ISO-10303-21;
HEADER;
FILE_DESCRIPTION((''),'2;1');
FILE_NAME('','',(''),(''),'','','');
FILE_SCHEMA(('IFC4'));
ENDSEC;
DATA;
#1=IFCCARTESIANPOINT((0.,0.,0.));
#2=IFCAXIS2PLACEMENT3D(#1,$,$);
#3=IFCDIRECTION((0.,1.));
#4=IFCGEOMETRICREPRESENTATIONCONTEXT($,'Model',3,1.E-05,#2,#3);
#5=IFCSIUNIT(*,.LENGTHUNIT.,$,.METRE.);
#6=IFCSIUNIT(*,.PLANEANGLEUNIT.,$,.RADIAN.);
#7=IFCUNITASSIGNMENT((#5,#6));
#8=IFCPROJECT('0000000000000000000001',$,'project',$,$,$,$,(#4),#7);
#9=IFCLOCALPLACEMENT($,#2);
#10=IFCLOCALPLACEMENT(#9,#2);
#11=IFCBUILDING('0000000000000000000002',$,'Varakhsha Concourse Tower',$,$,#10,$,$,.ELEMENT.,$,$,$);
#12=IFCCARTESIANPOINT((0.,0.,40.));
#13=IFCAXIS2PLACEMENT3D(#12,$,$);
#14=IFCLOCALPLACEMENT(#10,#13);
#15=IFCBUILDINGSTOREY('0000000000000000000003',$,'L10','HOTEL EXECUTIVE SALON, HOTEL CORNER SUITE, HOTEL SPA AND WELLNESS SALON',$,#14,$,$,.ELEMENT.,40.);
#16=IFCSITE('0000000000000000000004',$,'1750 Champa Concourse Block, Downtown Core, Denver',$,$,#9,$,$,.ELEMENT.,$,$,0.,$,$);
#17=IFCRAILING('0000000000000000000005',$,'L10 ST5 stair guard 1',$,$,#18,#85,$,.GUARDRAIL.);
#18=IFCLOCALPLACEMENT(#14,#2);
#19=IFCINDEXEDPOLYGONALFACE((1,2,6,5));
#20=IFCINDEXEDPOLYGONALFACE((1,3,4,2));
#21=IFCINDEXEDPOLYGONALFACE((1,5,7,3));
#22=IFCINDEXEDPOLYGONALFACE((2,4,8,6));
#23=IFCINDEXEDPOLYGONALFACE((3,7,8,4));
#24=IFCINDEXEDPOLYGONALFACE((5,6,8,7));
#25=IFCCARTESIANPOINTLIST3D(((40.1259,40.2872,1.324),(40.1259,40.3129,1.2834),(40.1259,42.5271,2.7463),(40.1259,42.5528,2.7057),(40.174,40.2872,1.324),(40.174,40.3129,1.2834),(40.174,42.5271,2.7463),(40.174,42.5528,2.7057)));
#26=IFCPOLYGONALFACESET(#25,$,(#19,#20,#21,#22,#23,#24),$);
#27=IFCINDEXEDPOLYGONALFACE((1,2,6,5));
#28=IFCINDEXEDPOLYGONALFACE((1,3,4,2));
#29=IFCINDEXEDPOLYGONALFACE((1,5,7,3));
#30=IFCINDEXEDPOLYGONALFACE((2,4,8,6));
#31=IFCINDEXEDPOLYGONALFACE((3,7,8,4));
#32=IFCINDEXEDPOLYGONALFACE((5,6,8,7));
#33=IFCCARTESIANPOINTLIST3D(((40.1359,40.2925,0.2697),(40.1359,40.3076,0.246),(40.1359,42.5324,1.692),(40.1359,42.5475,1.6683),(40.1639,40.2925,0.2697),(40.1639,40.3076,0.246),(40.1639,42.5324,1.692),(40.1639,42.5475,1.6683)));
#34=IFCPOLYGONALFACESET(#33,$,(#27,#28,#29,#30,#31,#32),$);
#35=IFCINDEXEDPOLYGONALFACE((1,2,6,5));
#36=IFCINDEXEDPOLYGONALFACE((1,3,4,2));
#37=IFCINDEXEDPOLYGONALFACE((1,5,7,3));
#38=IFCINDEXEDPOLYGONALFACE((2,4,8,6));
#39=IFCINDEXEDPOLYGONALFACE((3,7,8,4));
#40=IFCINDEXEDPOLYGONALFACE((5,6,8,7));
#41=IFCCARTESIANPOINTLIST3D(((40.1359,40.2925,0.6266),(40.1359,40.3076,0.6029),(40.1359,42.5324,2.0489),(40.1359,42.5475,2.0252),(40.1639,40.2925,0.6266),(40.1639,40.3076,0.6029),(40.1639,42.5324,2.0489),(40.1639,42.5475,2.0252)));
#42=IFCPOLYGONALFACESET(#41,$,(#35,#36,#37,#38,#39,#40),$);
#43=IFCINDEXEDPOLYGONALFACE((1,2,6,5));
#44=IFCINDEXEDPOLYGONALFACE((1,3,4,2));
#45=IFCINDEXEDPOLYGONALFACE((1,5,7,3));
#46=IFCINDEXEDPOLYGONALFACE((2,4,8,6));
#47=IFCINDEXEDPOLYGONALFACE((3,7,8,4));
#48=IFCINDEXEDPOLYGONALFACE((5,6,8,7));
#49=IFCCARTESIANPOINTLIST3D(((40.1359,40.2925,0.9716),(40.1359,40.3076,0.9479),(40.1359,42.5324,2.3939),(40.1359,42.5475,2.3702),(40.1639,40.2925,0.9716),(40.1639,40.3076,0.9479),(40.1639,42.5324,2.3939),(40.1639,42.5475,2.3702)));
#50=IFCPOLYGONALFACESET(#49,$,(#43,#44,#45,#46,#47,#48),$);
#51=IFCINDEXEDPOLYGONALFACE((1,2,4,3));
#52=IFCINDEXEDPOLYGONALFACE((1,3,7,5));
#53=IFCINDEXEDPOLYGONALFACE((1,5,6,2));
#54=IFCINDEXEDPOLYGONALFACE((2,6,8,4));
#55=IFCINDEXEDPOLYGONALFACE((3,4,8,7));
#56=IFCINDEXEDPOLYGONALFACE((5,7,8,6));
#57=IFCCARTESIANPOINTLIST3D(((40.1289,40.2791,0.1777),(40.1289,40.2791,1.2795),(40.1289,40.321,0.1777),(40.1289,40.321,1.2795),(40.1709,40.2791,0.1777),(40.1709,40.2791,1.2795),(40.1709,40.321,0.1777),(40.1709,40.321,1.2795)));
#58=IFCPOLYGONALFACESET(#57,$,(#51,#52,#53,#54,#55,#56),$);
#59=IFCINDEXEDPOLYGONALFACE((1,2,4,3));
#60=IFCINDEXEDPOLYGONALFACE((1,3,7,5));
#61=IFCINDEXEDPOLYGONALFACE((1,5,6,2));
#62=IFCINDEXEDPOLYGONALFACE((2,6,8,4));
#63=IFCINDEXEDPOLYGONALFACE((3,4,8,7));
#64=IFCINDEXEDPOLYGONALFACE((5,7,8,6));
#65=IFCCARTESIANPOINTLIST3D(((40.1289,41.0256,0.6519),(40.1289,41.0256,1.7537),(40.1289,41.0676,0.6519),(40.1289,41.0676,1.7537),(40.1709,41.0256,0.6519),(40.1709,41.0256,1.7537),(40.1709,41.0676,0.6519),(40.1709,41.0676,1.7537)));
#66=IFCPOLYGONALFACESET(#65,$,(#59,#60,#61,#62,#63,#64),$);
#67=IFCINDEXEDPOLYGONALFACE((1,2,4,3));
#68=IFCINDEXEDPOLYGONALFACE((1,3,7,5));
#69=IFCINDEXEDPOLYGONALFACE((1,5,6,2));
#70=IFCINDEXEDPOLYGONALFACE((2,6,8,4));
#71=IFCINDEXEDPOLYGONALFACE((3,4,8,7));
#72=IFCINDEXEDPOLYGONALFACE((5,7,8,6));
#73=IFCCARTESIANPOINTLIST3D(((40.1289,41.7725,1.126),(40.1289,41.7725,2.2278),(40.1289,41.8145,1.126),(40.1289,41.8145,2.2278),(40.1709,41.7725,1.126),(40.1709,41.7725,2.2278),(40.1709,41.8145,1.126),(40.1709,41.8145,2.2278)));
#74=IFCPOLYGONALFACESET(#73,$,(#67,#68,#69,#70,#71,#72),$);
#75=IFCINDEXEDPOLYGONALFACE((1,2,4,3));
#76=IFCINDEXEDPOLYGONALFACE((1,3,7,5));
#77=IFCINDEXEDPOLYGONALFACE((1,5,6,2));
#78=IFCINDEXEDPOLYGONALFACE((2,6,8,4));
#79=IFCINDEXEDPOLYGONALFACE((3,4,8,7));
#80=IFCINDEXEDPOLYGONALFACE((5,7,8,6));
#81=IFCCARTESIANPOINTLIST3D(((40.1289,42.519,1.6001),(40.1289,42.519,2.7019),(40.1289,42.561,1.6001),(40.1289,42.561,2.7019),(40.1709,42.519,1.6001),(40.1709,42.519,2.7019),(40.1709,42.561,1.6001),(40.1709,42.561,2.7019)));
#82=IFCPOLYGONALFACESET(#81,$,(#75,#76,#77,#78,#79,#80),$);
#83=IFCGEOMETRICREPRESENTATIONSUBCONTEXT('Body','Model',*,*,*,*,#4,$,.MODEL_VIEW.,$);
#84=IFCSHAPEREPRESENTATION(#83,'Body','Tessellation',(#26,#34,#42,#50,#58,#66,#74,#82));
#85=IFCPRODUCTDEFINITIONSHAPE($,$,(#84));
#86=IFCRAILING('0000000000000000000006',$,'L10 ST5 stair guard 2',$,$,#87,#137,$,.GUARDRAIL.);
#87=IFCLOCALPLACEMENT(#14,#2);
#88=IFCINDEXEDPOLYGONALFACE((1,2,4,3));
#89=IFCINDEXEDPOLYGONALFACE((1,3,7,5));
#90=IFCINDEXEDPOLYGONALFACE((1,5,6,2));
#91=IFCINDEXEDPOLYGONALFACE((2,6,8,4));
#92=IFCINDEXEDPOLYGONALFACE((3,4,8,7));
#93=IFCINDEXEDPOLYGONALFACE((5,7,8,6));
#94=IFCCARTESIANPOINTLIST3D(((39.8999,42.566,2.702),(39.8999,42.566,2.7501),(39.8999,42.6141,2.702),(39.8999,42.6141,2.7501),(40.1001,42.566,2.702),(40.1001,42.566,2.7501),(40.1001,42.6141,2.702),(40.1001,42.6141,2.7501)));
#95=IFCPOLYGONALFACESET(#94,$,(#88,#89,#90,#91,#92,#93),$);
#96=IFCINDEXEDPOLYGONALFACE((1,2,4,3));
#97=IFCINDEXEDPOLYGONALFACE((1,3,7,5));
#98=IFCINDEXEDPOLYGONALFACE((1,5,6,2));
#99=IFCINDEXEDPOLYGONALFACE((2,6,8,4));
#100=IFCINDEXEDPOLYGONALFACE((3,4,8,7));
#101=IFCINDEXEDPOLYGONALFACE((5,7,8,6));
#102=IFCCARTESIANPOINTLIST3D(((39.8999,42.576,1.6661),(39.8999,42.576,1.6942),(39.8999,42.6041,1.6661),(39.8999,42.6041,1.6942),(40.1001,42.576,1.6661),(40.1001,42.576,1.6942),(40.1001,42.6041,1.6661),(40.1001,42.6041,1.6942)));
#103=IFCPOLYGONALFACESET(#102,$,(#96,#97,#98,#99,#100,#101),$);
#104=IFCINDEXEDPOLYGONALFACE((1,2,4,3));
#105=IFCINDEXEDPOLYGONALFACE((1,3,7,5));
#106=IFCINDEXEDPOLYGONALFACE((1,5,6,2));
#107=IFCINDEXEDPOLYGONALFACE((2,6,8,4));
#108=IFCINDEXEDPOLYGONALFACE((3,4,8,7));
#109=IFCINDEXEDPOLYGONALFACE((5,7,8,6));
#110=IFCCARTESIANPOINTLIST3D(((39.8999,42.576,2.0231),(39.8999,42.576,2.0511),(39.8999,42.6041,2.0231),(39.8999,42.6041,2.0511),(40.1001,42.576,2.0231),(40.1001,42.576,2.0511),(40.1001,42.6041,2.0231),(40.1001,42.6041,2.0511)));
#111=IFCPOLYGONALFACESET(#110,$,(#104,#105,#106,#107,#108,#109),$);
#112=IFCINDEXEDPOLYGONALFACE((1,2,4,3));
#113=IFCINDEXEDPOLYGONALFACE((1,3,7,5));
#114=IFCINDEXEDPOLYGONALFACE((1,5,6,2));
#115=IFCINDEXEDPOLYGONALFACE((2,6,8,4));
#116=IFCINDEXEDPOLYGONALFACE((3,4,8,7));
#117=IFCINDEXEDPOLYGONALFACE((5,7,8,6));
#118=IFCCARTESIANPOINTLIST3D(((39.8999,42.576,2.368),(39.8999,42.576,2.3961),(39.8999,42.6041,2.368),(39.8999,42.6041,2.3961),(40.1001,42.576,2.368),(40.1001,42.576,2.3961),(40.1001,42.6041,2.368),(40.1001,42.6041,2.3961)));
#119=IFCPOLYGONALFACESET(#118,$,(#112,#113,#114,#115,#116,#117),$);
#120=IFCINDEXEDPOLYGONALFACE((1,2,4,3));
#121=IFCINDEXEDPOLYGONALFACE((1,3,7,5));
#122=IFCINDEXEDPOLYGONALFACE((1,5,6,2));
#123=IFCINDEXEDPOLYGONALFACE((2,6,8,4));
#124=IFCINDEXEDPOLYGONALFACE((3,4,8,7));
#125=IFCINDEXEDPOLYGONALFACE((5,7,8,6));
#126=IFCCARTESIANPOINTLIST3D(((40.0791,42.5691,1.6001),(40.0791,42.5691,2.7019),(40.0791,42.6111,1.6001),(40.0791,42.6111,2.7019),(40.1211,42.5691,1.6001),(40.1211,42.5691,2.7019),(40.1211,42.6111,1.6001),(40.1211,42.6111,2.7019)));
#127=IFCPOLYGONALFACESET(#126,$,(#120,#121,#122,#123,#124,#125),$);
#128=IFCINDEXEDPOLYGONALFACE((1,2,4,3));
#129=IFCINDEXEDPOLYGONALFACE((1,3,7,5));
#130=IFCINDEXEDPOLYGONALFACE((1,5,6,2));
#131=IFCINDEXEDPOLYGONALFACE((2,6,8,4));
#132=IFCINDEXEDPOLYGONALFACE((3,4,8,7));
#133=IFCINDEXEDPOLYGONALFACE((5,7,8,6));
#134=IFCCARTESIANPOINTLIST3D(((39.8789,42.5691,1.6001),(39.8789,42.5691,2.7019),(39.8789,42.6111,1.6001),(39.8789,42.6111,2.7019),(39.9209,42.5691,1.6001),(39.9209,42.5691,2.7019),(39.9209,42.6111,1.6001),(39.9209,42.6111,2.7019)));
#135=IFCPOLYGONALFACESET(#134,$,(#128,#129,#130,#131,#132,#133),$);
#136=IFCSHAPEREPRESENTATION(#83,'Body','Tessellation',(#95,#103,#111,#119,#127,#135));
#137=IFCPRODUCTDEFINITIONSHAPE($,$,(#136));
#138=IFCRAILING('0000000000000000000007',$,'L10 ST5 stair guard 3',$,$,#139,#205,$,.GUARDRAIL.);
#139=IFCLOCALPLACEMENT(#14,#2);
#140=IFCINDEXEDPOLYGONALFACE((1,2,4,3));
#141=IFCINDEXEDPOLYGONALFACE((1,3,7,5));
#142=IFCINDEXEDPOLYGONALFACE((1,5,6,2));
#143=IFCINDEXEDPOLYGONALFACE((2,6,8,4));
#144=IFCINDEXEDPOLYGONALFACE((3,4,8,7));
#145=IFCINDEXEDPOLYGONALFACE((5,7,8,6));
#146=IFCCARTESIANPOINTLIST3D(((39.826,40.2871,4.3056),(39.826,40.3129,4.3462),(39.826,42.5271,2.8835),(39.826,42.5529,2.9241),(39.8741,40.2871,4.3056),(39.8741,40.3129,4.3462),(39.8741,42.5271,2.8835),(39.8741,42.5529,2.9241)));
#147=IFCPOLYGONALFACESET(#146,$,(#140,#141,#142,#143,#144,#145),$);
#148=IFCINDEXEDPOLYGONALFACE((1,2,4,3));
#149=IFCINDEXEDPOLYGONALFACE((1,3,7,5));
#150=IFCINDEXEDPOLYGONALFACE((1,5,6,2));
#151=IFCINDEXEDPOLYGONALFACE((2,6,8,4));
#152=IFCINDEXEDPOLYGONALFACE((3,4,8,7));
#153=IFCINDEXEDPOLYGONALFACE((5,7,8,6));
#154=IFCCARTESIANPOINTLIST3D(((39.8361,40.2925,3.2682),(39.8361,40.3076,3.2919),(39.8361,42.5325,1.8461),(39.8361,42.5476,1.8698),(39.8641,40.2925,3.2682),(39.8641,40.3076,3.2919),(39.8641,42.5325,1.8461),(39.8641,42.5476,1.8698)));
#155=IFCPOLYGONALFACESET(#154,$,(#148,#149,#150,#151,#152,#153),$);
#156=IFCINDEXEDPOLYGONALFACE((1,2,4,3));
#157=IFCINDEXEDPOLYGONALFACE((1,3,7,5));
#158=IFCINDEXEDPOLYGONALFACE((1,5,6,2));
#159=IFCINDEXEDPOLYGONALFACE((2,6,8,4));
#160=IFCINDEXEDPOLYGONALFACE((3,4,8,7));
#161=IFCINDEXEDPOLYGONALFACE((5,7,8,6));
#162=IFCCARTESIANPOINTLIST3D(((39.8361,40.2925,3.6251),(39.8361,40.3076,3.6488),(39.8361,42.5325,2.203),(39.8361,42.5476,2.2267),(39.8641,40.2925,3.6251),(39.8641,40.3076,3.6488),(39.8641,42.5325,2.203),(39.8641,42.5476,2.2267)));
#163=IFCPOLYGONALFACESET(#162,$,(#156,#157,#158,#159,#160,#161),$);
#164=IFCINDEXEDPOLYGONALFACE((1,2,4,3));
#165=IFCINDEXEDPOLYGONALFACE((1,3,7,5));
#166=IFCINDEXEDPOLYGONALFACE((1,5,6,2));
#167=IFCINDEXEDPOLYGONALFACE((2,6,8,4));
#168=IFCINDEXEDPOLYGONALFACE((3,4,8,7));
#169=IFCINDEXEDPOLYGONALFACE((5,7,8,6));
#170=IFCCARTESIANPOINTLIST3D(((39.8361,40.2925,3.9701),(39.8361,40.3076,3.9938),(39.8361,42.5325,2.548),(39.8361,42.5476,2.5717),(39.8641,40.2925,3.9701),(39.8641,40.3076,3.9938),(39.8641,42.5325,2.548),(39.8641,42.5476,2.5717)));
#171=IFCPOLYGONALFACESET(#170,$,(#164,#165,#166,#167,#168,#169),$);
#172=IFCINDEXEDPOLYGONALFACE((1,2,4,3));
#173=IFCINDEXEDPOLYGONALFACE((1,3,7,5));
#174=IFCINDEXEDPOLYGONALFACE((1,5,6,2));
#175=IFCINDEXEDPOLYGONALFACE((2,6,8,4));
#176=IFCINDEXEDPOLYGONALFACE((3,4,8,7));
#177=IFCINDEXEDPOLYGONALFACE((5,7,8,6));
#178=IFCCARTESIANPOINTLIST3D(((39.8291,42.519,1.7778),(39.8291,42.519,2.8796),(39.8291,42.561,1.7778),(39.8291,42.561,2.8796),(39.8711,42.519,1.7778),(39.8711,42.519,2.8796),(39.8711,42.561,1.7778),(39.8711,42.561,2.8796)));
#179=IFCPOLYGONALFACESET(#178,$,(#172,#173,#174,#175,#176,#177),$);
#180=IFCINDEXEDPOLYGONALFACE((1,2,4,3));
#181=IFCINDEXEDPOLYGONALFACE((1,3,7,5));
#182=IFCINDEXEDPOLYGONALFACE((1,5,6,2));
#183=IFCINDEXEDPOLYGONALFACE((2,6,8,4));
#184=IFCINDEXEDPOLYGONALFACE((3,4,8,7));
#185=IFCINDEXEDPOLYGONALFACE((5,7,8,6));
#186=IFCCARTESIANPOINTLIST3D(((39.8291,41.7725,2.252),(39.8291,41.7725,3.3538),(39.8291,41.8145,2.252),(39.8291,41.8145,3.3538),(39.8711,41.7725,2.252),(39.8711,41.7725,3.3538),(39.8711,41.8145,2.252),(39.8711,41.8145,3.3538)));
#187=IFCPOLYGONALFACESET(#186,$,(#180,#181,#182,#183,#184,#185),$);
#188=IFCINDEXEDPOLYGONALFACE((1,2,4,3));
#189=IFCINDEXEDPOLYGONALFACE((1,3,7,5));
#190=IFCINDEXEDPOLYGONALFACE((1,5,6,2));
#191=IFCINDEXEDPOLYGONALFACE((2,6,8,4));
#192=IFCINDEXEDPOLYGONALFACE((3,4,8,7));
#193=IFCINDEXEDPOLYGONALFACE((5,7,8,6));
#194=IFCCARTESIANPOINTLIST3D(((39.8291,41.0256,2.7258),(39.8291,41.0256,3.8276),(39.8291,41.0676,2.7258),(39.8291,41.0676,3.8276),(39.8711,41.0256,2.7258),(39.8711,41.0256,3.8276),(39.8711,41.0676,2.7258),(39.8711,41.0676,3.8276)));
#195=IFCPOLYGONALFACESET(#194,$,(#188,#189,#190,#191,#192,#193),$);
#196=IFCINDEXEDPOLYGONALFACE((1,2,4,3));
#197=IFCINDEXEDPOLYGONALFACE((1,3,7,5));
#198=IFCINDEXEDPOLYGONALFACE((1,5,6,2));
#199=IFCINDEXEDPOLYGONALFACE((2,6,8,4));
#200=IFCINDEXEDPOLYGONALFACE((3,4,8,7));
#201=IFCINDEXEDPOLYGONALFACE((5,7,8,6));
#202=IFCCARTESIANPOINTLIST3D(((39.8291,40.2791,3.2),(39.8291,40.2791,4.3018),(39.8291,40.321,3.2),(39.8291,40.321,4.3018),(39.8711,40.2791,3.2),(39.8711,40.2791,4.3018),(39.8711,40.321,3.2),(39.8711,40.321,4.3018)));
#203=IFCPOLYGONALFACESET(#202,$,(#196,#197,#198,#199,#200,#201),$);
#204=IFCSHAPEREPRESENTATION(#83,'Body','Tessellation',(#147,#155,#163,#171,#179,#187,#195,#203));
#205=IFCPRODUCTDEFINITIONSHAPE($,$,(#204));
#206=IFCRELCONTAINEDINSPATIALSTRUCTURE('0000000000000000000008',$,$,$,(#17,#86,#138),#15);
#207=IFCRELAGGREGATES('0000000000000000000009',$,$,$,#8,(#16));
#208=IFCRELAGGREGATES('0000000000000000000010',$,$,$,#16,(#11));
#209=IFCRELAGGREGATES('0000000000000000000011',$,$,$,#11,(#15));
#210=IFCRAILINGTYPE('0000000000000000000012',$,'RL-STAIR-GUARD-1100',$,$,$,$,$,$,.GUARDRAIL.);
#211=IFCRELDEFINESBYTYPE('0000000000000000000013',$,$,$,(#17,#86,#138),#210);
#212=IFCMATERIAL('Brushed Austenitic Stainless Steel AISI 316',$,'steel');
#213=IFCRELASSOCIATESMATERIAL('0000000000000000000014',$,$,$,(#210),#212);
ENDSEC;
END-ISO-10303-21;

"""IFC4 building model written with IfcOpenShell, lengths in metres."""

from ifc_helpers import new_model, si_unit, direction, frame, origin, origin_2d, place, context, subcontext, project, spatial, rectangle, extrude, material, type_object, element, save


model = new_model("IFC4")

# Units and contexts
model_context = context("Model", 3, precision=1e-05, world=origin(), true_north=direction((0.0, 1.0)))
body_context = subcontext(model_context, "Body", "Model", "MODEL_VIEW")
ifc_project = project(units=[si_unit("LENGTHUNIT", "METRE"), si_unit("PLANEANGLEUNIT", "RADIAN")], contexts=[model_context])

# Site, building, storey
site_placement = place(None, origin())
site = spatial("IfcSite", under=ifc_project, at=site_placement, Name="1750 Champa Concourse Block, Downtown Core, Denver", CompositionType="ELEMENT", RefElevation=0.0)
building_placement = place(site_placement, origin())
building = spatial("IfcBuilding", under=site, at=building_placement, Name="Varakhsha Concourse Tower", CompositionType="ELEMENT")
storey_placement = place(building_placement, frame((0.0, 0.0, 40.0)))
storey = spatial("IfcBuildingStorey", under=building, at=storey_placement, Name="L10", Description="HOTEL EXECUTIVE SALON, HOTEL CORNER SUITE, HOTEL SPA AND WELLNESS SALON", CompositionType="ELEMENT", Elevation=40.0)

# Railings
ifc_material_1 = material(Name="Brushed Austenitic Stainless Steel AISI 316", Category="steel")
railing_type_1 = type_object("IfcRailingType", Name="RL-STAIR-GUARD-1100", PredefinedType="GUARDRAIL", material=ifc_material_1)
railing_1_placement = place(storey_placement, frame((40.1499, 40.3, 0.1777)))
element("IfcRailing", 1, at=railing_1_placement, inside=storey, type_object=railing_type_1, Name="L10 ST5 stair guard 1", PredefinedType="GUARDRAIL", context=body_context, shape_type="SweptSolid", body=[
    extrude(rectangle(XDim=0.0481, YDim=0.0481, at=origin_2d()), frame((0.0, 0.0, 1.126), z_axis=(0.0, 0.844188, 0.536048), x_axis=(-1.0, 0.0, 0.0)), (0.0, 0.0, 1.0), 2.6533),
    extrude(rectangle(XDim=0.0281, YDim=0.0281, at=origin_2d()), frame((0.0, 0.0, 0.0801), z_axis=(0.0, 0.844188, 0.536048), x_axis=(-1.0, 0.0, 0.0)), (0.0, 0.0, 1.0), 2.6533),
    extrude(rectangle(XDim=0.0281, YDim=0.0281, at=origin_2d()), frame((0.0, 0.0, 0.437), z_axis=(0.0, 0.844188, 0.536048), x_axis=(-1.0, 0.0, 0.0)), (0.0, 0.0, 1.0), 2.6533),
    extrude(rectangle(XDim=0.0281, YDim=0.0281, at=origin_2d()), frame((0.0, 0.0, 0.782), z_axis=(0.0, 0.844188, 0.536048), x_axis=(-1.0, 0.0, 0.0)), (0.0, 0.0, 1.0), 2.6533),
    extrude(rectangle(XDim=0.042, YDim=0.042, at=origin_2d()), origin(), (0.0, 0.0, 1.0), 1.1018),
    extrude(rectangle(XDim=0.042, YDim=0.042, at=origin_2d()), frame((0.0, 0.7466, 0.4741)), (0.0, 0.0, 1.0), 1.1018),
    extrude(rectangle(XDim=0.042, YDim=0.042, at=origin_2d()), frame((0.0, 1.4934, 0.9482)), (0.0, 0.0, 1.0), 1.1018),
    extrude(rectangle(XDim=0.042, YDim=0.042, at=origin_2d()), frame((0.0, 2.24, 1.4224)), (0.0, 0.0, 1.0), 1.1018),
])
railing_2_placement = place(storey_placement, frame((40.1001, 42.5901, 1.6001)))
element("IfcRailing", 2, at=railing_2_placement, inside=storey, type_object=railing_type_1, Name="L10 ST5 stair guard 2", PredefinedType="GUARDRAIL", context=body_context, shape_type="SweptSolid", body=[
    extrude(rectangle(XDim=0.0481, YDim=0.0481, at=origin_2d()), frame((0.0, 0.0, 1.126), z_axis=(-1.0, 0.0, 0.0), x_axis=(0.0, -1.0, 0.0)), (0.0, 0.0, 1.0), 0.2002),
    extrude(rectangle(XDim=0.0281, YDim=0.0281, at=origin_2d()), frame((0.0, 0.0, 0.0801), z_axis=(-1.0, 0.0, 0.0), x_axis=(0.0, -1.0, 0.0)), (0.0, 0.0, 1.0), 0.2002),
    extrude(rectangle(XDim=0.0281, YDim=0.0281, at=origin_2d()), frame((0.0, 0.0, 0.437), z_axis=(-1.0, 0.0, 0.0), x_axis=(0.0, -1.0, 0.0)), (0.0, 0.0, 1.0), 0.2002),
    extrude(rectangle(XDim=0.0281, YDim=0.0281, at=origin_2d()), frame((0.0, 0.0, 0.782), z_axis=(-1.0, 0.0, 0.0), x_axis=(0.0, -1.0, 0.0)), (0.0, 0.0, 1.0), 0.2002),
    extrude(rectangle(XDim=0.042, YDim=0.042, at=origin_2d()), origin(), (0.0, 0.0, 1.0), 1.1018),
    extrude(rectangle(XDim=0.042, YDim=0.042, at=origin_2d()), frame((-0.2002, 0.0, 0.0)), (0.0, 0.0, 1.0), 1.1018),
])
railing_3_placement = place(storey_placement, frame((39.8501, 42.54, 1.7778)))
element("IfcRailing", 3, at=railing_3_placement, inside=storey, type_object=railing_type_1, Name="L10 ST5 stair guard 3", PredefinedType="GUARDRAIL", context=body_context, shape_type="SweptSolid", body=[
    extrude(rectangle(XDim=0.0481, YDim=0.0481, at=origin_2d()), frame((0.0, 0.0, 1.126), z_axis=(0.0, -0.844229, 0.535982), x_axis=(1.0, 0.0, 0.0)), (0.0, 0.0, 1.0), 2.6533),
    extrude(rectangle(XDim=0.0281, YDim=0.0281, at=origin_2d()), frame((0.0, 0.0, 0.0801), z_axis=(0.0, -0.844229, 0.535982), x_axis=(1.0, 0.0, 0.0)), (0.0, 0.0, 1.0), 2.6533),
    extrude(rectangle(XDim=0.0281, YDim=0.0281, at=origin_2d()), frame((0.0, 0.0, 0.437), z_axis=(0.0, -0.844229, 0.535982), x_axis=(1.0, 0.0, 0.0)), (0.0, 0.0, 1.0), 2.6533),
    extrude(rectangle(XDim=0.0281, YDim=0.0281, at=origin_2d()), frame((0.0, 0.0, 0.782), z_axis=(0.0, -0.844229, 0.535982), x_axis=(1.0, 0.0, 0.0)), (0.0, 0.0, 1.0), 2.6533),
    extrude(rectangle(XDim=0.042, YDim=0.042, at=origin_2d()), origin(), (0.0, 0.0, 1.0), 1.1018),
    extrude(rectangle(XDim=0.042, YDim=0.042, at=origin_2d()), frame((0.0, -0.7466, 0.4741)), (0.0, 0.0, 1.0), 1.1018),
    extrude(rectangle(XDim=0.042, YDim=0.042, at=origin_2d()), frame((0.0, -1.4934, 0.948)), (0.0, 0.0, 1.0), 1.1018),
    extrude(rectangle(XDim=0.042, YDim=0.042, at=origin_2d()), frame((0.0, -2.24, 1.4221)), (0.0, 0.0, 1.0), 1.1018),
])

save(model, "model.ifc")
